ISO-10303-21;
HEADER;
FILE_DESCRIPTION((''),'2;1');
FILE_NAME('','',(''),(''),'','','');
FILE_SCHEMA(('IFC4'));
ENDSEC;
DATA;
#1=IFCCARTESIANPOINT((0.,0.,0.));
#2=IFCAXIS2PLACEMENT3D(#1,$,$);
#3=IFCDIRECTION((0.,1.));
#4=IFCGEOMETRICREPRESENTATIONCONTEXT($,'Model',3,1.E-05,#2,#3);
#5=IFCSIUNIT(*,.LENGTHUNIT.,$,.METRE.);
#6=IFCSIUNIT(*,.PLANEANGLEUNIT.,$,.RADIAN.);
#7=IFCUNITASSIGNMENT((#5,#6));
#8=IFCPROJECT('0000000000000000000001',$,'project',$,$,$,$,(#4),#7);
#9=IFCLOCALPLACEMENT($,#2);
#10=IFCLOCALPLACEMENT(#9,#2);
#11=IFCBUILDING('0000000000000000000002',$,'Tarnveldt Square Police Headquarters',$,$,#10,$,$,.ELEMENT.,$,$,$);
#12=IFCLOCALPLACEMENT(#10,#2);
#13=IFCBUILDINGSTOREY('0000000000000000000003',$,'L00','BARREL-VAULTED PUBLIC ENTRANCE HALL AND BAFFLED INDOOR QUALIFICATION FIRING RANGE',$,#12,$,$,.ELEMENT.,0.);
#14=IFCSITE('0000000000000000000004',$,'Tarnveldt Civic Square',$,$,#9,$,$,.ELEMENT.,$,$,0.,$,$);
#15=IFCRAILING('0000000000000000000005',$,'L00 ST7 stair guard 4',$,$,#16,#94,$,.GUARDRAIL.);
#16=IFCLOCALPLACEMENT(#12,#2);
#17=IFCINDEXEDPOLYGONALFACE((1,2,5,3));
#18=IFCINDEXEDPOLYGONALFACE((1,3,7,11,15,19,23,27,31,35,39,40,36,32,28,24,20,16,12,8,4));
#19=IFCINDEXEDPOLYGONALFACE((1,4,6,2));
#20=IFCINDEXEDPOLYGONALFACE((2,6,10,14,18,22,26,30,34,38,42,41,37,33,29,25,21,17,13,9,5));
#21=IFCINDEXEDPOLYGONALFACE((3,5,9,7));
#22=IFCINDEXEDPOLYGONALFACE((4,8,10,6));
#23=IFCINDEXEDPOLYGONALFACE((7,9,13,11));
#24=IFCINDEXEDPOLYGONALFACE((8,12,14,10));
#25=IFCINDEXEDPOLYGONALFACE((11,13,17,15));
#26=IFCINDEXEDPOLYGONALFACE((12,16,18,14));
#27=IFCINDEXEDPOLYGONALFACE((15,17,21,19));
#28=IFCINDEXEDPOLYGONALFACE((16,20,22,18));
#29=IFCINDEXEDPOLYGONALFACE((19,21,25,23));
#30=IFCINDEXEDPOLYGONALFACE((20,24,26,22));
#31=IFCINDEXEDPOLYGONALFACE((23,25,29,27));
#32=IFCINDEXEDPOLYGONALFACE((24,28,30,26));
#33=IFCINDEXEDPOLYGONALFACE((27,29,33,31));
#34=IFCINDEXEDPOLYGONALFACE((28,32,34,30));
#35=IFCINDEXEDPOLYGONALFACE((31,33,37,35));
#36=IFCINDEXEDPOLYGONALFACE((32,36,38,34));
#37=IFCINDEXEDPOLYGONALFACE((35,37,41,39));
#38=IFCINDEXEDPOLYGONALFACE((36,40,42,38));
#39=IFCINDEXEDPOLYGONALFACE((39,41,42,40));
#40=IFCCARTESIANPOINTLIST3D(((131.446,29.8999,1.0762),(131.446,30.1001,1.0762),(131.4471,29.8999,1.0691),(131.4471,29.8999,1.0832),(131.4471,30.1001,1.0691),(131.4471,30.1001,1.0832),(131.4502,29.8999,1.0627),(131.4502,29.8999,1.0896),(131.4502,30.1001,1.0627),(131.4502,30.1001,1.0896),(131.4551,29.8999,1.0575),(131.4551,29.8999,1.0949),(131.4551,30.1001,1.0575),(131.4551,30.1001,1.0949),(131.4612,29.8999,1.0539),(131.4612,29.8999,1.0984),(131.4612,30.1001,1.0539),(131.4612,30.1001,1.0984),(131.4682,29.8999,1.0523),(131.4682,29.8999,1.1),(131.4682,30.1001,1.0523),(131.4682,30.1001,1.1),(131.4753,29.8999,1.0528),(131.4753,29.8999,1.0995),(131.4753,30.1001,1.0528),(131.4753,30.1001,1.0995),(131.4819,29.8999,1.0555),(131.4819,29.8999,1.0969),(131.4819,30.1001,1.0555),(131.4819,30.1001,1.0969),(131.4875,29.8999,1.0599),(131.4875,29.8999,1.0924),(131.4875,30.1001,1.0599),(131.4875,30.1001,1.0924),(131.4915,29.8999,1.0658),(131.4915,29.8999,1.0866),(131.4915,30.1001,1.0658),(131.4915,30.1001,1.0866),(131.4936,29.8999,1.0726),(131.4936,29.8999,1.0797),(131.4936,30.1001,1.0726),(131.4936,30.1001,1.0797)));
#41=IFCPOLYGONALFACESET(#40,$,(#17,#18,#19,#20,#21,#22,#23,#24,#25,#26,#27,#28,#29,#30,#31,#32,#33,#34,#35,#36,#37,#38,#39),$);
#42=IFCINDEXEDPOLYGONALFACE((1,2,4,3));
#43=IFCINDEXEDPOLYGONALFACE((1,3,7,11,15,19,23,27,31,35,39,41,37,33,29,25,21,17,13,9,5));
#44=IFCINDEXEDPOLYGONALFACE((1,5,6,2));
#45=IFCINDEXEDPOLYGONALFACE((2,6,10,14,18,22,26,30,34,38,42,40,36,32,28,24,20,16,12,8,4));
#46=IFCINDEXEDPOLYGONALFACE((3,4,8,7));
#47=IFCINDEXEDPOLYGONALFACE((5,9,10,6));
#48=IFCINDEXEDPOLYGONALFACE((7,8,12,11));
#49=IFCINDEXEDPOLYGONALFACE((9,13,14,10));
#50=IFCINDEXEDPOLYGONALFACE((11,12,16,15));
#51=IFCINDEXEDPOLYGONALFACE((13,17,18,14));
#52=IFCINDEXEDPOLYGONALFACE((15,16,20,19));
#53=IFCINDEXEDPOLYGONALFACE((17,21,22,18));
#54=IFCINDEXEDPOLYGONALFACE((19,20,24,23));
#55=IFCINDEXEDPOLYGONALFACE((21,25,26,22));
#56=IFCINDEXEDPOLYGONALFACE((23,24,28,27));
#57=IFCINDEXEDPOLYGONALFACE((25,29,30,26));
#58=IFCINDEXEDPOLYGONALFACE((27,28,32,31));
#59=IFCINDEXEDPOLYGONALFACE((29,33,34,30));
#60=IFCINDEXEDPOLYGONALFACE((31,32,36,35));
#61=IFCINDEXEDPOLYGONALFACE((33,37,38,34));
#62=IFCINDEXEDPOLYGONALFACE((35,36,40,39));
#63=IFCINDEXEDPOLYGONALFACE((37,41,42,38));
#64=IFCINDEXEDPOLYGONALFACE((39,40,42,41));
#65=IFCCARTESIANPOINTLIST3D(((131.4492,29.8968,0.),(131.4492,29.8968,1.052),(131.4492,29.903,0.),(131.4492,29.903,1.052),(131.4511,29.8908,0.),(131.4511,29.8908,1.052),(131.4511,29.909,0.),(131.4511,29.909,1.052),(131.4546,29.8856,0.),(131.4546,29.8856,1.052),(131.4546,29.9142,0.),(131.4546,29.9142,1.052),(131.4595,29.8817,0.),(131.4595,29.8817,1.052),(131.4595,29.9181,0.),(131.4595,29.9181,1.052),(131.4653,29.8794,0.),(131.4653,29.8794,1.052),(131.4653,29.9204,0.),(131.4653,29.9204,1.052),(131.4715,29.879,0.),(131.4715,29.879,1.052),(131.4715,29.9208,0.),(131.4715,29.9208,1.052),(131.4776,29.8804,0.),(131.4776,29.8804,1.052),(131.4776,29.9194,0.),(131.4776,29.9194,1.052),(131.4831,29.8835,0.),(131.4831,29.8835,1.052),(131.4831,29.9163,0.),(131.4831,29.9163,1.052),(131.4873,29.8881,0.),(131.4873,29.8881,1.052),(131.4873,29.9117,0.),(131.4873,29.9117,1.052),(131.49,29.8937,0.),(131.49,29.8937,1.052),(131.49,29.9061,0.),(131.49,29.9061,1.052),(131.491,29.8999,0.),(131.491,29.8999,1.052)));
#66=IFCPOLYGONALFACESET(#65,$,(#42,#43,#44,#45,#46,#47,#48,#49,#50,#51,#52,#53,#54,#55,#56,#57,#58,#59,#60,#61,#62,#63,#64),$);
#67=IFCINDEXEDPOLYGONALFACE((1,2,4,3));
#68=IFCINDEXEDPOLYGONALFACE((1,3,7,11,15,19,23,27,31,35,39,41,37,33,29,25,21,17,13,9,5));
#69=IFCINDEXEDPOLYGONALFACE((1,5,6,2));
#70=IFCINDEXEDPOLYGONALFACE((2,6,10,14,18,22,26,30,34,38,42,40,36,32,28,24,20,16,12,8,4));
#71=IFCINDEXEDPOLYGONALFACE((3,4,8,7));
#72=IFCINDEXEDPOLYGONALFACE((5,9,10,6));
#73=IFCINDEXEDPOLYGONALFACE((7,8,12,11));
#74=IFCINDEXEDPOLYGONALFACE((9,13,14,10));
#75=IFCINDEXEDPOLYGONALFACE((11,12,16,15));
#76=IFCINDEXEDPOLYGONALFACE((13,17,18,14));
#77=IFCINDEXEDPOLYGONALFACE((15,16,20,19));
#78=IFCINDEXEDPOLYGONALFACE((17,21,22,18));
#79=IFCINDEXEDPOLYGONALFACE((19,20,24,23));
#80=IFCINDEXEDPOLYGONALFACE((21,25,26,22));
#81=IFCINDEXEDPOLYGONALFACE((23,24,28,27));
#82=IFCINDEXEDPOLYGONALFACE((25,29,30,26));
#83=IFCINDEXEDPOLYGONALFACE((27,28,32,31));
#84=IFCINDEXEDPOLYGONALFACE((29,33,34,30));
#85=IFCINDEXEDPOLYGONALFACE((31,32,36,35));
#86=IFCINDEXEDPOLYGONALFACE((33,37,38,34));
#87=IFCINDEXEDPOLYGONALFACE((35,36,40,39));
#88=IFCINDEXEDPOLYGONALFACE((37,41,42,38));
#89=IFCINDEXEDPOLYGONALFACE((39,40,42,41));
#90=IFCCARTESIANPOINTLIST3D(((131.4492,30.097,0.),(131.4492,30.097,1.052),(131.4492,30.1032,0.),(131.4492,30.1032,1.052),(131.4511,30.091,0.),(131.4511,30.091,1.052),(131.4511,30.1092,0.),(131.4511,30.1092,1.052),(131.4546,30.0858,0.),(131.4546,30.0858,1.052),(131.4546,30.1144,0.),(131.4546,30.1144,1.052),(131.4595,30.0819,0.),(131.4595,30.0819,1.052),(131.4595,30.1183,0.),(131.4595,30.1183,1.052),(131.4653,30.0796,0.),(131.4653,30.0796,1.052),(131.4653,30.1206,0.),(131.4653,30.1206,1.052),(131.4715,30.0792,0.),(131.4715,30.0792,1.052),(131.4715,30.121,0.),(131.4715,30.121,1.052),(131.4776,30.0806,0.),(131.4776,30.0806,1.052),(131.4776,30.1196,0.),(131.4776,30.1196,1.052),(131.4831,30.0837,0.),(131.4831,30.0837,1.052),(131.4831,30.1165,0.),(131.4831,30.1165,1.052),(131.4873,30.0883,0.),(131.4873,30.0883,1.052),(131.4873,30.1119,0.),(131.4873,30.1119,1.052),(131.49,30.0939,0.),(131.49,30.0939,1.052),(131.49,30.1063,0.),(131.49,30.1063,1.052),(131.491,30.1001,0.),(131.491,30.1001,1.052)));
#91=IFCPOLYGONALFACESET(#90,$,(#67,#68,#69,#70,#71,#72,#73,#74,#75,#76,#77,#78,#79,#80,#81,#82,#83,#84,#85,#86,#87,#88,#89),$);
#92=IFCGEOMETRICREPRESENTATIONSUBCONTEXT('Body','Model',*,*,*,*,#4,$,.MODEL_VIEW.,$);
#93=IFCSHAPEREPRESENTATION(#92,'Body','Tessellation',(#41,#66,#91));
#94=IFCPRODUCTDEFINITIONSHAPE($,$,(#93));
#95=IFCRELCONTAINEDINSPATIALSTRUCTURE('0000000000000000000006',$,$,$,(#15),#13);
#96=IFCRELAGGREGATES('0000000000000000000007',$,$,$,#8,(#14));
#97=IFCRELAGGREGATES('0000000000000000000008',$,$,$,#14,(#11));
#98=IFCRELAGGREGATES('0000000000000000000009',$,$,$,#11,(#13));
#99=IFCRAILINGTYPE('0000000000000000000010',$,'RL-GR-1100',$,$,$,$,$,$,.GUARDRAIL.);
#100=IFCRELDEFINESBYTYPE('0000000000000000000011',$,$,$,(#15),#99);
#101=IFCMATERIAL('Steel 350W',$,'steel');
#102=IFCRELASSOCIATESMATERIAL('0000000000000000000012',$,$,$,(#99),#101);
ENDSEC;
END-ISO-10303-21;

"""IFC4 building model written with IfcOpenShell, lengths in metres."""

from ifc_helpers import new_model, si_unit, direction, frame, origin, origin_2d, place, context, subcontext, project, spatial, circle, extrude, material, type_object, element, save


model = new_model("IFC4")

# Units and contexts
model_context = context("Model", 3, precision=1e-05, world=origin(), true_north=direction((0.0, 1.0)))
body_context = subcontext(model_context, "Body", "Model", "MODEL_VIEW")
ifc_project = project(units=[si_unit("LENGTHUNIT", "METRE"), si_unit("PLANEANGLEUNIT", "RADIAN")], contexts=[model_context])

# Site, building, storey
site_placement = place(None, origin())
site = spatial("IfcSite", under=ifc_project, at=site_placement, Name="Tarnveldt Civic Square", CompositionType="ELEMENT", RefElevation=0.0)
building_placement = place(site_placement, origin())
building = spatial("IfcBuilding", under=site, at=building_placement, Name="Tarnveldt Square Police Headquarters", CompositionType="ELEMENT")
storey_placement = place(building_placement, origin())
storey = spatial("IfcBuildingStorey", under=building, at=storey_placement, Name="L00", Description="BARREL-VAULTED PUBLIC ENTRANCE HALL AND BAFFLED INDOOR QUALIFICATION FIRING RANGE", CompositionType="ELEMENT", Elevation=0.0)

# Shared definitions
ifc_material_1 = material(Name="Steel 350W", Category="steel")

# Railing
railing_type_1 = type_object("IfcRailingType", Name="RL-GR-1100", PredefinedType="GUARDRAIL", material=ifc_material_1)
railing_1_placement = place(storey_placement, frame((131.47, 29.8999, 0.0)))
element("IfcRailing", 1, at=railing_1_placement, inside=storey, type_object=railing_type_1, Name="L00 ST7 stair guard 4", PredefinedType="GUARDRAIL", context=body_context, shape_type="SweptSolid", body=[
    extrude(circle(Radius=0.0239, at=origin_2d()), frame((0.0, 0.0, 1.0762), z_axis=(0.0, 1.0, 0.0), x_axis=(-1.0, 0.0, 0.0)), (0.0, 0.0, 1.0), 0.2002),
    extrude(circle(Radius=0.021, at=origin_2d()), origin(), (0.0, 0.0, 1.0), 1.052),
    extrude(circle(Radius=0.021, at=origin_2d()), frame((0.0, 0.2002, 0.0)), (0.0, 0.0, 1.0), 1.052),
])

save(model, "model.ifc")
